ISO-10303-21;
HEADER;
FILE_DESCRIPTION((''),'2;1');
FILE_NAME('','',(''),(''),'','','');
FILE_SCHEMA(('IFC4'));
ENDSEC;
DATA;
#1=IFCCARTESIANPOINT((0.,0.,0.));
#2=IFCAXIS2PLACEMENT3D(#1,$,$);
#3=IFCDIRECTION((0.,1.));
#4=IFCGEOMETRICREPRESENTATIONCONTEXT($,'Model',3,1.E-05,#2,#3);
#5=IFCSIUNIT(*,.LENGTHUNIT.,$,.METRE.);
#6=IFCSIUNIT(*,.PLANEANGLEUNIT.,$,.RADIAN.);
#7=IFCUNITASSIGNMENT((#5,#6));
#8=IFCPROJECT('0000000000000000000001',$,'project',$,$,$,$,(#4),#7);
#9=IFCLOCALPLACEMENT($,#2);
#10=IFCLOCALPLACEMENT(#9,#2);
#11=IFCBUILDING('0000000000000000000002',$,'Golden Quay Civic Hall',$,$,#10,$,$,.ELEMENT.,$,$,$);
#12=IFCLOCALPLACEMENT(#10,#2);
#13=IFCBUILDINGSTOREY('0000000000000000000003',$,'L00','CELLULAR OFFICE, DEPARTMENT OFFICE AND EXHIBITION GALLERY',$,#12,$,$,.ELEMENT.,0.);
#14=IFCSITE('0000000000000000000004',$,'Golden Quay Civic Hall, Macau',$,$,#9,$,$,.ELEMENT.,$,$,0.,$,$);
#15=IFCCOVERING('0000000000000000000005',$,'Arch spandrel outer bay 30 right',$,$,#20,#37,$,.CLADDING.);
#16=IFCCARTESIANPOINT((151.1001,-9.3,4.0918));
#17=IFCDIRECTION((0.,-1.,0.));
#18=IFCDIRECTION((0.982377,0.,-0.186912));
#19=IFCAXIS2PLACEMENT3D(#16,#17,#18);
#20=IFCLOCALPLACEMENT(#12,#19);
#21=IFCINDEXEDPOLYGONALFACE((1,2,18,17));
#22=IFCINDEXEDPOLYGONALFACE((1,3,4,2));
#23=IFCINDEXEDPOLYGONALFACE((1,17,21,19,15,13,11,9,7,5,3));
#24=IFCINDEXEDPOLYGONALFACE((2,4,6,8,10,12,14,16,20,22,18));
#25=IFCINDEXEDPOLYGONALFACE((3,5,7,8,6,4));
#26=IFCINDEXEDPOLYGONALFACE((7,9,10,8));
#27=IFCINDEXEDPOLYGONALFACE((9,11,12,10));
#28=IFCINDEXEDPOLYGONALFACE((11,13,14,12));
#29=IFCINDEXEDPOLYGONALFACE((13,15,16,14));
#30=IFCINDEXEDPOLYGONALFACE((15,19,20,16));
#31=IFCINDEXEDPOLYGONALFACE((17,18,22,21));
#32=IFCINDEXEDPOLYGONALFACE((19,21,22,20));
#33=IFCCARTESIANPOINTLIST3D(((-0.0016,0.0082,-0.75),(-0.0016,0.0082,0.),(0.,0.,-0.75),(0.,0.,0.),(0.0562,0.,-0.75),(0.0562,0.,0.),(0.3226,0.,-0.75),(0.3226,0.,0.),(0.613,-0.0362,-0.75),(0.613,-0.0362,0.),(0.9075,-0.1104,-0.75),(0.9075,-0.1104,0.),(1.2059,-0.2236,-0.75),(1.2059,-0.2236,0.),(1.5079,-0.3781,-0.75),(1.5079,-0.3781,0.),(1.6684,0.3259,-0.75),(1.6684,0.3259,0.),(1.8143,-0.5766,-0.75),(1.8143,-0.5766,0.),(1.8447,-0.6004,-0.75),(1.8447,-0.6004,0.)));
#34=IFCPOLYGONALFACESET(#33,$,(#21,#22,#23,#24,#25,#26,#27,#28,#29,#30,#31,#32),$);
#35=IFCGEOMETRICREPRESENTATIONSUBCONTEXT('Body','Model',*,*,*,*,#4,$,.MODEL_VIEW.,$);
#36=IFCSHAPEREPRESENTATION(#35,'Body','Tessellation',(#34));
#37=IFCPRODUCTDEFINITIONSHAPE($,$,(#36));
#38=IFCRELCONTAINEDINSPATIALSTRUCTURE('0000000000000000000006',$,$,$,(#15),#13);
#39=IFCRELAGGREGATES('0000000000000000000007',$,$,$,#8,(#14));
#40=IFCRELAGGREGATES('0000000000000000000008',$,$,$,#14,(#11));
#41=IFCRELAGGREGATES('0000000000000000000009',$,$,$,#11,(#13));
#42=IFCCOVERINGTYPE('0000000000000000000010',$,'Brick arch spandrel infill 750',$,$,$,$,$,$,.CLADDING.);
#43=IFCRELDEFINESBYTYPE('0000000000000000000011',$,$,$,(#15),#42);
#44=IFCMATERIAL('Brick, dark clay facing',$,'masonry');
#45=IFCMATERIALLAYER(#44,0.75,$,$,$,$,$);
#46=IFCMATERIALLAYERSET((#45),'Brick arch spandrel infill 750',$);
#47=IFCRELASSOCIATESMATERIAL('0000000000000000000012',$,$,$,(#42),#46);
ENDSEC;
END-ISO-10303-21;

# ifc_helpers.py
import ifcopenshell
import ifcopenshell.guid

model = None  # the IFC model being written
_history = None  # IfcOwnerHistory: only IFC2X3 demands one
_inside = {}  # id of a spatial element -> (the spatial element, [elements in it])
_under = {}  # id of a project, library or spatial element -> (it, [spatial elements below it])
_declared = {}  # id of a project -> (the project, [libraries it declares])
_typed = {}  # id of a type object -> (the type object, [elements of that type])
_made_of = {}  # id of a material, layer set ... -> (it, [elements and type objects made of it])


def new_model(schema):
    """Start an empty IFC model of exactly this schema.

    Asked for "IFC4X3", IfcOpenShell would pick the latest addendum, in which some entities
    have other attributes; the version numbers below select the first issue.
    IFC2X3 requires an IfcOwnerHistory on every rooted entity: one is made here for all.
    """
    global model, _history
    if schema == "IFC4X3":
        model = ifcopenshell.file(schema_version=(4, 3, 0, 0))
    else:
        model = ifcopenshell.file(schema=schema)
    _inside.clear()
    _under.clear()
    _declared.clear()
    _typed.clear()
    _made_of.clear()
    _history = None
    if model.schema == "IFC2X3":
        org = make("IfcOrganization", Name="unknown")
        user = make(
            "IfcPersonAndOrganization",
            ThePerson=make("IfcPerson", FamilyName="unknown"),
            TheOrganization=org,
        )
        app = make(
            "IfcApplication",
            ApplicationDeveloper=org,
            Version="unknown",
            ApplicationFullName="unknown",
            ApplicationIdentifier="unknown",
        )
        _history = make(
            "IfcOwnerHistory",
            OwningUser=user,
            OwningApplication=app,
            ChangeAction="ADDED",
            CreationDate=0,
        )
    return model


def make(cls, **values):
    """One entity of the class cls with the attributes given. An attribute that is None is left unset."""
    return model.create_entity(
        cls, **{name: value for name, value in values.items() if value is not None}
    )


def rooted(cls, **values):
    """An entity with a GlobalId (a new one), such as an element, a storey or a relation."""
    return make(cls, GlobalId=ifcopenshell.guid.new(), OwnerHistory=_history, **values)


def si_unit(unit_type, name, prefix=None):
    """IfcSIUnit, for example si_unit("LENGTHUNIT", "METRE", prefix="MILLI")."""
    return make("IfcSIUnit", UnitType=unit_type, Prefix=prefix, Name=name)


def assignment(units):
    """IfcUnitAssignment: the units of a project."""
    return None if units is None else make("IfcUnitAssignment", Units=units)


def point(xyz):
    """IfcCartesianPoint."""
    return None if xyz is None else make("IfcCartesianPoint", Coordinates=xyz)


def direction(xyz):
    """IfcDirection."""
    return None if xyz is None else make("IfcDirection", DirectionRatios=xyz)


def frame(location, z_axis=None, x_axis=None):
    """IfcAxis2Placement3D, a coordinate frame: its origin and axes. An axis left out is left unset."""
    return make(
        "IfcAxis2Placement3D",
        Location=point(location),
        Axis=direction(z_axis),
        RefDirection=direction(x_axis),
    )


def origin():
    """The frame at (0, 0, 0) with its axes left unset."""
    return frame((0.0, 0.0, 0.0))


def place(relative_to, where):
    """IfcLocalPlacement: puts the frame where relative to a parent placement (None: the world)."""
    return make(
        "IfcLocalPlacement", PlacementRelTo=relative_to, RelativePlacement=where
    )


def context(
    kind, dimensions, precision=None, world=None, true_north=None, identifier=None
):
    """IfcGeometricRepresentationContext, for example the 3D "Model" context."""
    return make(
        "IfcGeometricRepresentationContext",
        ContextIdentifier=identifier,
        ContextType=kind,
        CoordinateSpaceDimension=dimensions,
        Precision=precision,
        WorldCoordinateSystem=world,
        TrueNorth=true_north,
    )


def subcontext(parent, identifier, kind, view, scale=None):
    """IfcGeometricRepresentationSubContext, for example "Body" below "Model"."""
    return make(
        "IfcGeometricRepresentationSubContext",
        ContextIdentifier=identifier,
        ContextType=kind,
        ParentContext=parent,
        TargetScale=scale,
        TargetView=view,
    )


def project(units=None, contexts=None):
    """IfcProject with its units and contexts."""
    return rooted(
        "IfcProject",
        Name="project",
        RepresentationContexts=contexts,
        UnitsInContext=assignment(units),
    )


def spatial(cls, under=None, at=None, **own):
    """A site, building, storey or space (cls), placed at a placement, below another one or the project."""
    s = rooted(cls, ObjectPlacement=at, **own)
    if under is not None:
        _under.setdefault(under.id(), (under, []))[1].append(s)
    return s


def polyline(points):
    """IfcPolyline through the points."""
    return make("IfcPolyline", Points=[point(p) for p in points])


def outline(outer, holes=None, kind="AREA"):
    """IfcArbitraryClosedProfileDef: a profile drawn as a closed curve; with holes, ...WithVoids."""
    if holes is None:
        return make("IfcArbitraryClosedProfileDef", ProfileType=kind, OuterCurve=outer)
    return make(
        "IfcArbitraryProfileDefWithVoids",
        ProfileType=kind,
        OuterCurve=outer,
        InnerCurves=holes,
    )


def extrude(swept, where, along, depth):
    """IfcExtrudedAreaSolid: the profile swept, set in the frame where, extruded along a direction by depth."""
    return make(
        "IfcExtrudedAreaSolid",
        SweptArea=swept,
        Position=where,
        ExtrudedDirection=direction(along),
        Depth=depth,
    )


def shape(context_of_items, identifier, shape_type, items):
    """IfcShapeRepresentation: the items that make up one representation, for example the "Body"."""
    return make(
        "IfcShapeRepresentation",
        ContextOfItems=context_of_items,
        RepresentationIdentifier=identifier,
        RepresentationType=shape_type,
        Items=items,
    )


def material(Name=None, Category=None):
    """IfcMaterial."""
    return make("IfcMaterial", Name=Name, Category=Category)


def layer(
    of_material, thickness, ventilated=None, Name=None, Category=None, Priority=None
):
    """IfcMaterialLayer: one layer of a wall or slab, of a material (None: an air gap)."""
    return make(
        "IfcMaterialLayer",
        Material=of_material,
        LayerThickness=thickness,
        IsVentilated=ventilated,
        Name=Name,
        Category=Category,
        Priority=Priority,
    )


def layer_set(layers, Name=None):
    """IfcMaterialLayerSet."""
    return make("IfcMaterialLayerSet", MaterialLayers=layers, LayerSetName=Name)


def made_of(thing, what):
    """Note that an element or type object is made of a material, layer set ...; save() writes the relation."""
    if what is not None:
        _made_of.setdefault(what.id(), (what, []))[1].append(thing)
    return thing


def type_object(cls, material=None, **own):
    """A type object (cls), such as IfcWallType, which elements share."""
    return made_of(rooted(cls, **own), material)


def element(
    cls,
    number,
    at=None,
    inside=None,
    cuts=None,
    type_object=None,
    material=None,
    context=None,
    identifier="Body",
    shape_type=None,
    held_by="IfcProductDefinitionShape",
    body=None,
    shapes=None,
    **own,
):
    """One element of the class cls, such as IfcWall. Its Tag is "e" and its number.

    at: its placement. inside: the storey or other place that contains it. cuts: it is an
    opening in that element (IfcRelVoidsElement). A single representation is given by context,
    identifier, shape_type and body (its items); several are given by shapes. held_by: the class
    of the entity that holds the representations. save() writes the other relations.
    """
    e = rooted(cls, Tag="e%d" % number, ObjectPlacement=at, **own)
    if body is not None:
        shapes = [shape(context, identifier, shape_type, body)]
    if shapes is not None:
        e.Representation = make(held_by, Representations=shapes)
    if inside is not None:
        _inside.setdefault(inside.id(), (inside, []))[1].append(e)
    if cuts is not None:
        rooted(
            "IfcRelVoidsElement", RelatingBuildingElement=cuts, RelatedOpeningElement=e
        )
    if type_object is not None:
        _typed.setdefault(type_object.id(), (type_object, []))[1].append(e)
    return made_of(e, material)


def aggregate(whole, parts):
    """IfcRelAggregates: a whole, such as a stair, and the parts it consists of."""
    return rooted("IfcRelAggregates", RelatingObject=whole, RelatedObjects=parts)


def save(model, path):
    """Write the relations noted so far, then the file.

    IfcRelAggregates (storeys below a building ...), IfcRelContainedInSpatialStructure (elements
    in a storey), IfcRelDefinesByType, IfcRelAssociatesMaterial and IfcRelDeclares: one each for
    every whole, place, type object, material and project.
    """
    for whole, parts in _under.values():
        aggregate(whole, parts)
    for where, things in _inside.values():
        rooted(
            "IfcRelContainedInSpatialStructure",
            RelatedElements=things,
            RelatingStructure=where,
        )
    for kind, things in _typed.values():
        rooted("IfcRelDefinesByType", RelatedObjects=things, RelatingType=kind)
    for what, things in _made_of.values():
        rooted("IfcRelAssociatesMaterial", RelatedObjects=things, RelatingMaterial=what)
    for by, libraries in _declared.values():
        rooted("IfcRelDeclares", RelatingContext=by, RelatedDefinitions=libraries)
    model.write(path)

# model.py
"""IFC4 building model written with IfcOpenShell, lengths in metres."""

from ifc_helpers import new_model, si_unit, direction, frame, origin, place, context, subcontext, project, spatial, polyline, outline, extrude, material, layer, layer_set, type_object, element, save


model = new_model("IFC4")

# Units and contexts
model_context = context("Model", 3, precision=1e-05, world=origin(), true_north=direction((0.0, 1.0)))
body_context = subcontext(model_context, "Body", "Model", "MODEL_VIEW")
ifc_project = project(units=[si_unit("LENGTHUNIT", "METRE"), si_unit("PLANEANGLEUNIT", "RADIAN")], contexts=[model_context])

# Site, building, storey
site_placement = place(None, origin())
site = spatial("IfcSite", under=ifc_project, at=site_placement, Name="Golden Quay Civic Hall, Macau", CompositionType="ELEMENT", RefElevation=0.0)
building_placement = place(site_placement, origin())
building = spatial("IfcBuilding", under=site, at=building_placement, Name="Golden Quay Civic Hall", CompositionType="ELEMENT")
storey_placement = place(building_placement, origin())
storey = spatial("IfcBuildingStorey", under=building, at=storey_placement, Name="L00", Description="CELLULAR OFFICE, DEPARTMENT OFFICE AND EXHIBITION GALLERY", CompositionType="ELEMENT", Elevation=0.0)

# Covering
ifc_material_1 = material(Name="Brick, dark clay facing", Category="masonry")
ifc_layer_1 = layer(ifc_material_1, 0.75)
ifc_layer_set_1 = layer_set([ifc_layer_1], Name="Brick arch spandrel infill 750")
covering_type = type_object("IfcCoveringType", Name="Brick arch spandrel infill 750", PredefinedType="CLADDING", material=ifc_layer_set_1)
covering_placement = place(storey_placement, frame((151.1001, -9.3, 4.0918), z_axis=(0.0, -1.0, 0.0), x_axis=(0.982377, 0.0, -0.186912)))
element("IfcCovering", 1, at=covering_placement, inside=storey, type_object=covering_type, Name="Arch spandrel outer bay 30 right", PredefinedType="CLADDING", context=body_context, shape_type="SweptSolid", body=[
    extrude(outline(polyline([(0.0, 0.0), (0.0562, 0.0), (0.3226, 0.0), (0.613, -0.0362), (0.9075, -0.1104), (1.2059, -0.2236), (1.5079, -0.3781), (1.8143, -0.5766), (1.8447, -0.6004), (1.6684, 0.3259), (-0.0016, 0.0082), (0.0, 0.0)])), origin(), (0.0, 0.0, -1.0), 0.75),
])

save(model, "model.ifc")
